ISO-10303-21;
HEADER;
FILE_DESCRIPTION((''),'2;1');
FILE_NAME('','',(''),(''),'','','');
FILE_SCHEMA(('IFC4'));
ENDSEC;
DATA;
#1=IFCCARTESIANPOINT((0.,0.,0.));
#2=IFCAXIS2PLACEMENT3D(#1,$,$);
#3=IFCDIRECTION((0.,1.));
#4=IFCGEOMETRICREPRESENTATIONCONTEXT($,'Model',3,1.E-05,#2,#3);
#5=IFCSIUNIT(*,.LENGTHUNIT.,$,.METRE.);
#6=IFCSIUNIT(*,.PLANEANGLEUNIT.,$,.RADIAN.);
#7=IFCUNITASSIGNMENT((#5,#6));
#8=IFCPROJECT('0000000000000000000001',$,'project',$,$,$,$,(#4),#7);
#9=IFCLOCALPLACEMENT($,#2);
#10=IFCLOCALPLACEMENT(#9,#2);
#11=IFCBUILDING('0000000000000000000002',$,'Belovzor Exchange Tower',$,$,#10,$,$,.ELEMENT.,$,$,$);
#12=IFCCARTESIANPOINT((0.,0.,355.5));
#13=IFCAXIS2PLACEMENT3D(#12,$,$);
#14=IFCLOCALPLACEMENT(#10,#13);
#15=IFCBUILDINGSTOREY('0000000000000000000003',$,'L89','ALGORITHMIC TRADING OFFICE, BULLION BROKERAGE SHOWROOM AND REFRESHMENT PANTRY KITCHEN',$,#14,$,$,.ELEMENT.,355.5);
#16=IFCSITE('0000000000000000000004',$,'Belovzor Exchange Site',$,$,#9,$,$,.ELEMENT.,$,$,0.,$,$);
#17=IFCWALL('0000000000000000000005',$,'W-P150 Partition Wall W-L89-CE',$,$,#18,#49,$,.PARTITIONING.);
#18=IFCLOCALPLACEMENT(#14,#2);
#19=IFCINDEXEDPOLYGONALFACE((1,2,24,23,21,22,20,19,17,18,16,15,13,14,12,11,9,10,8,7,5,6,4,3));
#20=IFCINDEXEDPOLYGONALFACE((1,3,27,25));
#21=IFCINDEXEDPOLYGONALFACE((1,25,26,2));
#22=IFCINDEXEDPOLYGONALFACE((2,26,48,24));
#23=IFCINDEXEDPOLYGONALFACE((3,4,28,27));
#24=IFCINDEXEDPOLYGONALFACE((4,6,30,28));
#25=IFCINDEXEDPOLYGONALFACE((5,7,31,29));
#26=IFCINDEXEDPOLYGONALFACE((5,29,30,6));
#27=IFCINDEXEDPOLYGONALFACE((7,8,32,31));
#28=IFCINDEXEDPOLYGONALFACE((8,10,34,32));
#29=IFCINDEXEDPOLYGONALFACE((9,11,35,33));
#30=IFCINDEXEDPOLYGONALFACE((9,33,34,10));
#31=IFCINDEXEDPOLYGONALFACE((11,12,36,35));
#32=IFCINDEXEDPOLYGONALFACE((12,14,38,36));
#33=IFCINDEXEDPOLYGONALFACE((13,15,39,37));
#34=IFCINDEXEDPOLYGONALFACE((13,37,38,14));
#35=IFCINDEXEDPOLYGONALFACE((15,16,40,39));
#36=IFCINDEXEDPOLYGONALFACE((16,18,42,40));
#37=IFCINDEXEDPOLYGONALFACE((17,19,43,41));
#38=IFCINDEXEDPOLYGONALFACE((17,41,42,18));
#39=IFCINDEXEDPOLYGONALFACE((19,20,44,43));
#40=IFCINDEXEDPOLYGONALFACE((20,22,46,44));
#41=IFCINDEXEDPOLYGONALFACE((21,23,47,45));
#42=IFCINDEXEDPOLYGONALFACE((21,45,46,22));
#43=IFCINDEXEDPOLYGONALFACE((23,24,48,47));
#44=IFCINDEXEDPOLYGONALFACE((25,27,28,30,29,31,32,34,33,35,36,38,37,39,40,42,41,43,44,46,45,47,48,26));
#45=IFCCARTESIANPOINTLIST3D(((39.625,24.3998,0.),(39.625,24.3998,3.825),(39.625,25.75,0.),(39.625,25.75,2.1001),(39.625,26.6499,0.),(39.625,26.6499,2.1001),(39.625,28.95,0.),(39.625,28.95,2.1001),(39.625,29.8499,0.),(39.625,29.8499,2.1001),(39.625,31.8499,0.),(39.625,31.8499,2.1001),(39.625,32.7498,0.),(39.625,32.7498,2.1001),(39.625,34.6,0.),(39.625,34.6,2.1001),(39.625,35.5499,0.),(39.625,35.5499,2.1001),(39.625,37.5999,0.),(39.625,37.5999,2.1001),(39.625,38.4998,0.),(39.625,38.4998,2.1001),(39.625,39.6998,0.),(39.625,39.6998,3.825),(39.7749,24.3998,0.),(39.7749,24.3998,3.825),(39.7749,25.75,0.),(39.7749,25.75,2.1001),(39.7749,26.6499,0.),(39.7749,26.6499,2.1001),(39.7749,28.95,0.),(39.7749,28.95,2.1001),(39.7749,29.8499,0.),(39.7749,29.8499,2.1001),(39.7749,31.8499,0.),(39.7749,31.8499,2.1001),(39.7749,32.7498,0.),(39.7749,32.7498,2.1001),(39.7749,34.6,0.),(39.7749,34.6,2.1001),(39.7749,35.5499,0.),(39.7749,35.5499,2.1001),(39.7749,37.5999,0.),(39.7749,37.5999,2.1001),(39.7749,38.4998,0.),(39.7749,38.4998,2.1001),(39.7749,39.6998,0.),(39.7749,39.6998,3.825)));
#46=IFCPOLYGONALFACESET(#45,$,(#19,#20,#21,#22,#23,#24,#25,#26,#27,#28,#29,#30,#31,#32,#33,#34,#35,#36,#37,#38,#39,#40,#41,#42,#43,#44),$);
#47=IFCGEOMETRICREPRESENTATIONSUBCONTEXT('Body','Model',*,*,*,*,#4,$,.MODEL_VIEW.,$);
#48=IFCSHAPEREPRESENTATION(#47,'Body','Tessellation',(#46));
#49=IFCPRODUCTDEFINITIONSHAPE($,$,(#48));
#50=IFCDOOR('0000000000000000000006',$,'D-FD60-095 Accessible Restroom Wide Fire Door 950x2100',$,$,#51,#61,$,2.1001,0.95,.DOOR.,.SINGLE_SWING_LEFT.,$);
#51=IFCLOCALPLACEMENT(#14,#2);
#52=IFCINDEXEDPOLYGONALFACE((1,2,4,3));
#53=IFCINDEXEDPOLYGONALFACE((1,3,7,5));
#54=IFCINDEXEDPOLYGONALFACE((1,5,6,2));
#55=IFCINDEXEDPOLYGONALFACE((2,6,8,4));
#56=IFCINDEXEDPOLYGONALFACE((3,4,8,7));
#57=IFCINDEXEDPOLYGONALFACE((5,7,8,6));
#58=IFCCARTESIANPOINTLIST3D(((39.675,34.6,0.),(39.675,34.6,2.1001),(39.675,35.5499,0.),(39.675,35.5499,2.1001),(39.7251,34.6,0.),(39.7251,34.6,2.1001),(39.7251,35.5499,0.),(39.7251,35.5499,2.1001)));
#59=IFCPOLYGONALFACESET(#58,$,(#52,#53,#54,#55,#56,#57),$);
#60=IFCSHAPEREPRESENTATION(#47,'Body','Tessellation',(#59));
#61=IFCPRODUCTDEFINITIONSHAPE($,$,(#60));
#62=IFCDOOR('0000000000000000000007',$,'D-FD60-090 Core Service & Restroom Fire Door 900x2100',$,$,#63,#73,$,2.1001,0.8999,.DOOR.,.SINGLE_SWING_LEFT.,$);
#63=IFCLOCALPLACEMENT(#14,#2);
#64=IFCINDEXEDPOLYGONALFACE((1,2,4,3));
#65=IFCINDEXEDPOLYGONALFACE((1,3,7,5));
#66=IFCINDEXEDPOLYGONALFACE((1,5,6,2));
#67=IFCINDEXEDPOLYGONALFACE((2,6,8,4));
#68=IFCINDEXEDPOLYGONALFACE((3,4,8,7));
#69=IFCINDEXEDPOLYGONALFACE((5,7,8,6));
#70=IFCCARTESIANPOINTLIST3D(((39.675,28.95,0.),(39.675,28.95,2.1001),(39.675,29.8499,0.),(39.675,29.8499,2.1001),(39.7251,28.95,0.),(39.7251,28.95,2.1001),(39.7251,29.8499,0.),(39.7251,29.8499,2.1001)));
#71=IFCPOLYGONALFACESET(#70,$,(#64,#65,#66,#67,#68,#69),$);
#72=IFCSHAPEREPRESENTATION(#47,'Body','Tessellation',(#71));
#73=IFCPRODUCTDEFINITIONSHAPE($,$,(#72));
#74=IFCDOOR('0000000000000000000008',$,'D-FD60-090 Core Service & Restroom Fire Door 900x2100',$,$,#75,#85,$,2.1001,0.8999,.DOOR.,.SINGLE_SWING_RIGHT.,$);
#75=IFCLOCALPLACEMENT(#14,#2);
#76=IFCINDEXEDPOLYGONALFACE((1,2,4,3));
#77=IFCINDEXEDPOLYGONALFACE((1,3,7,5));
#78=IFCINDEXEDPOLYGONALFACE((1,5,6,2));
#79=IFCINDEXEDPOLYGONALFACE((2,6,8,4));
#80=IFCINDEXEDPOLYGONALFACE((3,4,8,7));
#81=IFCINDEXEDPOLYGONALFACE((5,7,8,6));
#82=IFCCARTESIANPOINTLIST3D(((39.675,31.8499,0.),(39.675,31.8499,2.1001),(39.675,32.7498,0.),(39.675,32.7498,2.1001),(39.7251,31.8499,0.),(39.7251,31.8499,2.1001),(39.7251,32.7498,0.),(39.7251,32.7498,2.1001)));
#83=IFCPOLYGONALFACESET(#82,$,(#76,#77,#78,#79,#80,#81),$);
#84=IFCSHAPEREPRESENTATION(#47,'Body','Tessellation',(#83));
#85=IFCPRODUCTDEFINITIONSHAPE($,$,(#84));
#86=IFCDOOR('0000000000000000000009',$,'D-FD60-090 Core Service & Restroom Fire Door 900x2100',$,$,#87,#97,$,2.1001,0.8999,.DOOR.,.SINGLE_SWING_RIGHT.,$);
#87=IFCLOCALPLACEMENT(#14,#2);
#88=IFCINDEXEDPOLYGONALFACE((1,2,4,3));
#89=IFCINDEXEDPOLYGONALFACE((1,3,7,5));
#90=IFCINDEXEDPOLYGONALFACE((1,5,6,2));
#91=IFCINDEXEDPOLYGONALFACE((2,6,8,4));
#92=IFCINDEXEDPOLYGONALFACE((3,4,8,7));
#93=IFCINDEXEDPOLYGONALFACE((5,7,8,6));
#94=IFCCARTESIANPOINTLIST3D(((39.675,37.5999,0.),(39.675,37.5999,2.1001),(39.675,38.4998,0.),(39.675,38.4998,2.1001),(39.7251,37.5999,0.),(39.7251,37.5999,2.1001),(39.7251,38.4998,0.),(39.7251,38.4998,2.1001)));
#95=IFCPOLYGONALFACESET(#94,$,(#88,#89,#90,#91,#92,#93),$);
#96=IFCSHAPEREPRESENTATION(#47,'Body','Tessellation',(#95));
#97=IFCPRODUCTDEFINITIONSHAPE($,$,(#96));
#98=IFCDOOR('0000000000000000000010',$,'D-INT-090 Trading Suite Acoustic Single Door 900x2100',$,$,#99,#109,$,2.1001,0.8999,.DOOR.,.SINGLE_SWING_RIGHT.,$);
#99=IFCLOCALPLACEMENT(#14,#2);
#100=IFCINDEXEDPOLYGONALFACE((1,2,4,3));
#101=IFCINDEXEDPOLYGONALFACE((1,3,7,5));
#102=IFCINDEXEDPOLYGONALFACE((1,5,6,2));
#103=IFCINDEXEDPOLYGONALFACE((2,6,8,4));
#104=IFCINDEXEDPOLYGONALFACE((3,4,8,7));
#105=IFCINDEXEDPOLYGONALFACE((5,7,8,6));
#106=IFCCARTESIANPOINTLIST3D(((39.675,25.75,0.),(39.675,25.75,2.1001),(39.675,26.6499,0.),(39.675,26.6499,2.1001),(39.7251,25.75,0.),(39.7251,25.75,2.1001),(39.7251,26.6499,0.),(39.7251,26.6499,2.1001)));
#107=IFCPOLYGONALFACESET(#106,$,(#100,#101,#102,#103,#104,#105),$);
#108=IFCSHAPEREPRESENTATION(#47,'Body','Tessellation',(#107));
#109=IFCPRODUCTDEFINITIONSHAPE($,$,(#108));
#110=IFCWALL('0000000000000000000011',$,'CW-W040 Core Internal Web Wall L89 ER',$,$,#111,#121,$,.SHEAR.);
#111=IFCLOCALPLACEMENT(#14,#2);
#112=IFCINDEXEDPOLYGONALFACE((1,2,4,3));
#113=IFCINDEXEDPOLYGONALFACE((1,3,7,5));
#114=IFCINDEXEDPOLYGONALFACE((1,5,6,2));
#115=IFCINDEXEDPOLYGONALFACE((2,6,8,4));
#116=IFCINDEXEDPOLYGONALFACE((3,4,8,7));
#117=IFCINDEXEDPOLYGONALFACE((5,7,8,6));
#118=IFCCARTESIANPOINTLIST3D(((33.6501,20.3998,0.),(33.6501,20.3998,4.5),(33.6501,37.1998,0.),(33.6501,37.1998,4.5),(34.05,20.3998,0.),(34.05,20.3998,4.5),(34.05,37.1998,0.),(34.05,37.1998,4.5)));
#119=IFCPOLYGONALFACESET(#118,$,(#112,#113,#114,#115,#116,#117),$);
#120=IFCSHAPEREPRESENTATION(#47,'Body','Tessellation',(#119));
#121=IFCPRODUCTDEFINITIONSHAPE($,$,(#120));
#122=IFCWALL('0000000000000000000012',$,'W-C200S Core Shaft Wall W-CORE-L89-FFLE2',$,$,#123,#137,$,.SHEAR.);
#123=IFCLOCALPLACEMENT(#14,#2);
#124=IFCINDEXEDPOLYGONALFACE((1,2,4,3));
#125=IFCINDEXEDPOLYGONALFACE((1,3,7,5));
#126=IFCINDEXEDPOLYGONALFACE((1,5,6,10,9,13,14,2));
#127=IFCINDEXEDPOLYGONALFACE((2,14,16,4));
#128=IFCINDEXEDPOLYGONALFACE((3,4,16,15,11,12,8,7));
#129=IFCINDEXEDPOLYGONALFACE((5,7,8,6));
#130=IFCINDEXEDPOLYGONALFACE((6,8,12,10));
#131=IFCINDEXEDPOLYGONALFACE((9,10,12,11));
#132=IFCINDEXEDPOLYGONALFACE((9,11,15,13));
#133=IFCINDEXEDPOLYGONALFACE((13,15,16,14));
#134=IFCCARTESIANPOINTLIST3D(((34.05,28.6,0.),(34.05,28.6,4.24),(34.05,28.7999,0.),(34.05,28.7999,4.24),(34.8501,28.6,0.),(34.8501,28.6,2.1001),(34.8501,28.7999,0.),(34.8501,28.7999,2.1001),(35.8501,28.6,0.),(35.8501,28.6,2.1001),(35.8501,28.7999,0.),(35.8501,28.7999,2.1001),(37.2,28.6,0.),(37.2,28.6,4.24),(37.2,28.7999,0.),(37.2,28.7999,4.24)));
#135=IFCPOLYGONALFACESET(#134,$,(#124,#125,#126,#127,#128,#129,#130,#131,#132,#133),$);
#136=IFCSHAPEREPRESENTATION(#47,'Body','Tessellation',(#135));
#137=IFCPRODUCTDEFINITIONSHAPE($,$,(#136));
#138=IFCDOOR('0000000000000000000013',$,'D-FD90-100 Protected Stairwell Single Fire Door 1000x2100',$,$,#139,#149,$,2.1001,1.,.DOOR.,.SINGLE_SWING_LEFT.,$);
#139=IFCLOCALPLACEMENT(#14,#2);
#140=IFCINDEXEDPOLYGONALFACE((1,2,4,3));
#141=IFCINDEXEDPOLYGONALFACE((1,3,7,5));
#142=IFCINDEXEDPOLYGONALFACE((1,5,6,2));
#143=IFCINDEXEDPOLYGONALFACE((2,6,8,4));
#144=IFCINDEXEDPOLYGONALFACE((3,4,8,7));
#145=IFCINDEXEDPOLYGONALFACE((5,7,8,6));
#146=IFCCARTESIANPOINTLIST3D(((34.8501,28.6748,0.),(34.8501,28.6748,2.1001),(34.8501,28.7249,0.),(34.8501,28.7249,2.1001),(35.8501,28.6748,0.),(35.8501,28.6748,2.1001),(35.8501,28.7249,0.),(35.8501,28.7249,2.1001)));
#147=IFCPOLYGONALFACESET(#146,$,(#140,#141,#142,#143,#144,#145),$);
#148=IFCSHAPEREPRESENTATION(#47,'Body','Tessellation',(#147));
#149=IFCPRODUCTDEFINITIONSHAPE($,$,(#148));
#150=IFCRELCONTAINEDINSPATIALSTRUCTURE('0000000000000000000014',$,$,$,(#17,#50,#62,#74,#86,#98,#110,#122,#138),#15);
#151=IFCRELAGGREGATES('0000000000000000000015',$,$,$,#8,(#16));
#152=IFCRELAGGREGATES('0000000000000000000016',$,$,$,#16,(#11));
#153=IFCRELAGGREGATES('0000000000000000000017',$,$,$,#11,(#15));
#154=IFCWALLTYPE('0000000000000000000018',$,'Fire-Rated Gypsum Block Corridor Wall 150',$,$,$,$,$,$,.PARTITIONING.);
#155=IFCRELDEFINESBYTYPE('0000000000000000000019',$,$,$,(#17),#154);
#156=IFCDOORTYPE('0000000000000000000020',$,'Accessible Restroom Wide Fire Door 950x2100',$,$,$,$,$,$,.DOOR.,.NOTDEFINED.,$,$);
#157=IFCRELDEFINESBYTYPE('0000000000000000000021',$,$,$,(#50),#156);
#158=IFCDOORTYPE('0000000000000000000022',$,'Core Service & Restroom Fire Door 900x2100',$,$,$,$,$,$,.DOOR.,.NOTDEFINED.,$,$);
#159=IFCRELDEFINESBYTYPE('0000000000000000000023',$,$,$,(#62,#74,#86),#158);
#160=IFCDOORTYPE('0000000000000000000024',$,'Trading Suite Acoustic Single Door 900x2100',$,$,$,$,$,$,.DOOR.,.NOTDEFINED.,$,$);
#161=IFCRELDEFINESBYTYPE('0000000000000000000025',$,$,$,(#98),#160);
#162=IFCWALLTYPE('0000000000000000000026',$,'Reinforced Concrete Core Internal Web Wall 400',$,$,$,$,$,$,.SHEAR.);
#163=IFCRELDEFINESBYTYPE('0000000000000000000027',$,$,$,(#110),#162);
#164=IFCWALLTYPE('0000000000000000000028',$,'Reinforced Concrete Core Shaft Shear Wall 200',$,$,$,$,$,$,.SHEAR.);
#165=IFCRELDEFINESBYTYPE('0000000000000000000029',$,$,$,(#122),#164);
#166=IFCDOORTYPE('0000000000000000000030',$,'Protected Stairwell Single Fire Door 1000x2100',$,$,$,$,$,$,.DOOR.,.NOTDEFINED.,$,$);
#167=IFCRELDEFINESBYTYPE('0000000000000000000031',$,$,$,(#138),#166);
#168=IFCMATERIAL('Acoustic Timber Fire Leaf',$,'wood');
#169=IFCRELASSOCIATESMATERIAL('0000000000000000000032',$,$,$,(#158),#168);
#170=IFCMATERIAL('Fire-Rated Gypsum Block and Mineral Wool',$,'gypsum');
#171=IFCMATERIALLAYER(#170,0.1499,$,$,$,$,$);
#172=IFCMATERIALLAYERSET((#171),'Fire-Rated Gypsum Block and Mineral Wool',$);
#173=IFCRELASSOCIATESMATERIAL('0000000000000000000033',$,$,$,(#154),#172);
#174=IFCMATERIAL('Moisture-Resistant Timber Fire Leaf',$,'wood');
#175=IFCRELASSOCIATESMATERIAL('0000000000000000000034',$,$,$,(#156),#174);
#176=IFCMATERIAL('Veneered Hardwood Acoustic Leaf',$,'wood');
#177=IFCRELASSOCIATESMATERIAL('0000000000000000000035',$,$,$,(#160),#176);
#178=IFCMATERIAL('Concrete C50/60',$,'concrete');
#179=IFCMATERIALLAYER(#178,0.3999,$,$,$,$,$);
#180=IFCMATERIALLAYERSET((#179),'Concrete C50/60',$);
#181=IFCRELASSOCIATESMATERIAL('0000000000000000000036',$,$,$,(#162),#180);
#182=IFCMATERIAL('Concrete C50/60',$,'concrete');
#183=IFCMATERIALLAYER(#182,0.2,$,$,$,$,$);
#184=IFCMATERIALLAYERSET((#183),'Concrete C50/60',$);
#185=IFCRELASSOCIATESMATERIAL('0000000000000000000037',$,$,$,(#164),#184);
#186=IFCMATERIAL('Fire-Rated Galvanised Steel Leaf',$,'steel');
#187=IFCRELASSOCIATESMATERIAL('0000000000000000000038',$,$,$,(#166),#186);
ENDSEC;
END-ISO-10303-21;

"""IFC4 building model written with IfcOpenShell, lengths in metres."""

from ifc_helpers import new_model, si_unit, direction, frame, frame_2d, origin, place, context, subcontext, project, spatial, rectangle, extrude, material, layer, layer_set, type_object, element, fill, save


model = new_model("IFC4")

# Units and contexts
model_context = context("Model", 3, precision=1e-05, world=origin(), true_north=direction((0.0, 1.0)))
body_context = subcontext(model_context, "Body", "Model", "MODEL_VIEW")
ifc_project = project(units=[si_unit("LENGTHUNIT", "METRE"), si_unit("PLANEANGLEUNIT", "RADIAN")], contexts=[model_context])

# Site, building, storey
site_placement = place(None, origin())
site = spatial("IfcSite", under=ifc_project, at=site_placement, Name="Belovzor Exchange Site", CompositionType="ELEMENT", RefElevation=0.0)
building_placement = place(site_placement, origin())
building = spatial("IfcBuilding", under=site, at=building_placement, Name="Belovzor Exchange Tower", CompositionType="ELEMENT")
storey_placement = place(building_placement, frame((0.0, 0.0, 355.5)))
storey = spatial("IfcBuildingStorey", under=building, at=storey_placement, Name="L89", Description="ALGORITHMIC TRADING OFFICE, BULLION BROKERAGE SHOWROOM AND REFRESHMENT PANTRY KITCHEN", CompositionType="ELEMENT", Elevation=355.5)

# Shared definitions
ifc_material_1 = material(Name="Acoustic Timber Fire Leaf", Category="wood")
door_type_1 = type_object("IfcDoorType", Name="Core Service & Restroom Fire Door 900x2100", OperationType="NOTDEFINED", PredefinedType="DOOR", material=ifc_material_1)

# Shared definitions
ifc_material_2 = material(Name="Fire-Rated Gypsum Block and Mineral Wool", Category="gypsum")
ifc_layer_1 = layer(ifc_material_2, 0.1499)
ifc_layer_set_1 = layer_set([ifc_layer_1], Name="Fire-Rated Gypsum Block and Mineral Wool")
wall_type_1 = type_object("IfcWallType", Name="Fire-Rated Gypsum Block Corridor Wall 150", PredefinedType="PARTITIONING", material=ifc_layer_set_1)

# Wall, openings, doors
wall_1_placement = place(storey_placement, frame((39.7, 24.3999, 0.0), z_axis=(0.0, 0.0, 1.0), x_axis=(0.0, 1.0, 0.0)))
wall_1 = element("IfcWall", 1, at=wall_1_placement, inside=storey, type_object=wall_type_1, Name="W-P150 Partition Wall W-L89-CE", PredefinedType="PARTITIONING", context=body_context, shape_type="SweptSolid", body=[
    extrude(rectangle(XDim=15.3, YDim=0.1499, at=frame_2d((7.6499, 0.0))), origin(), (0.0, 0.0, 1.0), 3.825),
])
opening_1_placement = place(wall_1_placement, frame((1.3501, 0.0, 0.0)))
opening_1 = element("IfcOpeningElement", 2, at=opening_1_placement, cuts=wall_1, PredefinedType="OPENING", context=body_context, shape_type="SweptSolid", body=[
    extrude(rectangle(XDim=0.8999, YDim=2.1001, at=frame_2d((0.45, 1.05))), frame((0.0, 0.085, 0.0), z_axis=(0.0, -1.0, 0.0), x_axis=(1.0, 0.0, 0.0)), (0.0, 0.0, 1.0), 0.1699),
])
opening_2_placement = place(wall_1_placement, frame((4.55, 0.0, 0.0)))
opening_2 = element("IfcOpeningElement", 3, at=opening_2_placement, cuts=wall_1, PredefinedType="OPENING", context=body_context, shape_type="SweptSolid", body=[
    extrude(rectangle(XDim=0.8999, YDim=2.1001, at=frame_2d((0.45, 1.05))), frame((0.0, 0.085, 0.0), z_axis=(0.0, -1.0, 0.0), x_axis=(1.0, 0.0, 0.0)), (0.0, 0.0, 1.0), 0.1699),
])
opening_3_placement = place(wall_1_placement, frame((7.45, 0.0, 0.0)))
opening_3 = element("IfcOpeningElement", 4, at=opening_3_placement, cuts=wall_1, PredefinedType="OPENING", context=body_context, shape_type="SweptSolid", body=[
    extrude(rectangle(XDim=0.8999, YDim=2.1001, at=frame_2d((0.45, 1.05))), frame((0.0, 0.085, 0.0), z_axis=(0.0, -1.0, 0.0), x_axis=(1.0, 0.0, 0.0)), (0.0, 0.0, 1.0), 0.1699),
])
opening_4_placement = place(wall_1_placement, frame((10.2, 0.0, 0.0)))
opening_4 = element("IfcOpeningElement", 5, at=opening_4_placement, cuts=wall_1, PredefinedType="OPENING", context=body_context, shape_type="SweptSolid", body=[
    extrude(rectangle(XDim=0.95, YDim=2.1001, at=frame_2d((0.4751, 1.05))), frame((0.0, 0.085, 0.0), z_axis=(0.0, -1.0, 0.0), x_axis=(1.0, 0.0, 0.0)), (0.0, 0.0, 1.0), 0.1699),
])
opening_5_placement = place(wall_1_placement, frame((13.2, 0.0, 0.0)))
opening_5 = element("IfcOpeningElement", 6, at=opening_5_placement, cuts=wall_1, PredefinedType="OPENING", context=body_context, shape_type="SweptSolid", body=[
    extrude(rectangle(XDim=0.8999, YDim=2.1001, at=frame_2d((0.45, 1.05))), frame((0.0, 0.085, 0.0), z_axis=(0.0, -1.0, 0.0), x_axis=(1.0, 0.0, 0.0)), (0.0, 0.0, 1.0), 0.1699),
])
ifc_material_3 = material(Name="Moisture-Resistant Timber Fire Leaf", Category="wood")
door_type_2 = type_object("IfcDoorType", Name="Accessible Restroom Wide Fire Door 950x2100", OperationType="NOTDEFINED", PredefinedType="DOOR", material=ifc_material_3)
door_1_placement = place(opening_4_placement, origin())
door_1 = element("IfcDoor", 7, at=door_1_placement, inside=storey, type_object=door_type_2, Name="D-FD60-095 Accessible Restroom Wide Fire Door 950x2100", OperationType="SINGLE_SWING_LEFT", OverallHeight=2.1001, OverallWidth=0.95, PredefinedType="DOOR", context=body_context, shape_type="SweptSolid", body=[
    extrude(rectangle(XDim=0.95, YDim=2.1001, at=frame_2d((0.4751, 1.05))), frame((0.0, 0.0249, 0.0), z_axis=(0.0, -1.0, 0.0), x_axis=(1.0, 0.0, 0.0)), (0.0, 0.0, 1.0), 0.05),
])
fill(opening_4, door_1)
door_2_placement = place(opening_2_placement, origin())
door_2 = element("IfcDoor", 8, at=door_2_placement, inside=storey, type_object=door_type_1, Name="D-FD60-090 Core Service & Restroom Fire Door 900x2100", OperationType="SINGLE_SWING_LEFT", OverallHeight=2.1001, OverallWidth=0.8999, PredefinedType="DOOR", context=body_context, shape_type="SweptSolid", body=[
    extrude(rectangle(XDim=0.8999, YDim=2.1001, at=frame_2d((0.45, 1.05))), frame((0.0, 0.0249, 0.0), z_axis=(0.0, -1.0, 0.0), x_axis=(1.0, 0.0, 0.0)), (0.0, 0.0, 1.0), 0.05),
])
fill(opening_2, door_2)
door_3_placement = place(opening_3_placement, origin())
door_3 = element("IfcDoor", 9, at=door_3_placement, inside=storey, type_object=door_type_1, Name="D-FD60-090 Core Service & Restroom Fire Door 900x2100", OperationType="SINGLE_SWING_RIGHT", OverallHeight=2.1001, OverallWidth=0.8999, PredefinedType="DOOR", context=body_context, shape_type="SweptSolid", body=[
    extrude(rectangle(XDim=0.8999, YDim=2.1001, at=frame_2d((0.45, 1.05))), frame((0.0, 0.0249, 0.0), z_axis=(0.0, -1.0, 0.0), x_axis=(1.0, 0.0, 0.0)), (0.0, 0.0, 1.0), 0.05),
])
fill(opening_3, door_3)
door_4_placement = place(opening_5_placement, origin())
door_4 = element("IfcDoor", 10, at=door_4_placement, inside=storey, type_object=door_type_1, Name="D-FD60-090 Core Service & Restroom Fire Door 900x2100", OperationType="SINGLE_SWING_RIGHT", OverallHeight=2.1001, OverallWidth=0.8999, PredefinedType="DOOR", context=body_context, shape_type="SweptSolid", body=[
    extrude(rectangle(XDim=0.8999, YDim=2.1001, at=frame_2d((0.45, 1.05))), frame((0.0, 0.0249, 0.0), z_axis=(0.0, -1.0, 0.0), x_axis=(1.0, 0.0, 0.0)), (0.0, 0.0, 1.0), 0.05),
])
fill(opening_5, door_4)
ifc_material_4 = material(Name="Veneered Hardwood Acoustic Leaf", Category="wood")
door_type_3 = type_object("IfcDoorType", Name="Trading Suite Acoustic Single Door 900x2100", OperationType="NOTDEFINED", PredefinedType="DOOR", material=ifc_material_4)
door_5_placement = place(opening_1_placement, origin())
door_5 = element("IfcDoor", 11, at=door_5_placement, inside=storey, type_object=door_type_3, Name="D-INT-090 Trading Suite Acoustic Single Door 900x2100", OperationType="SINGLE_SWING_RIGHT", OverallHeight=2.1001, OverallWidth=0.8999, PredefinedType="DOOR", context=body_context, shape_type="SweptSolid", body=[
    extrude(rectangle(XDim=0.8999, YDim=2.1001, at=frame_2d((0.45, 1.05))), frame((0.0, 0.0249, 0.0), z_axis=(0.0, -1.0, 0.0), x_axis=(1.0, 0.0, 0.0)), (0.0, 0.0, 1.0), 0.05),
])
fill(opening_1, door_5)

# Wall
ifc_material_5 = material(Name="Concrete C50/60", Category="concrete")
ifc_layer_2 = layer(ifc_material_5, 0.3999)
ifc_layer_set_2 = layer_set([ifc_layer_2], Name="Concrete C50/60")
wall_type_2 = type_object("IfcWallType", Name="Reinforced Concrete Core Internal Web Wall 400", PredefinedType="SHEAR", material=ifc_layer_set_2)
wall_2_placement = place(storey_placement, frame((33.8501, 20.3999, 0.0), z_axis=(0.0, 0.0, 1.0), x_axis=(0.0, 1.0, 0.0)))
element("IfcWall", 12, at=wall_2_placement, inside=storey, type_object=wall_type_2, Name="CW-W040 Core Internal Web Wall L89 ER", PredefinedType="SHEAR", context=body_context, shape_type="SweptSolid", body=[
    extrude(rectangle(XDim=16.8, YDim=0.3999, at=frame_2d((8.3999, 0.0))), origin(), (0.0, 0.0, 1.0), 4.5),
])

# Wall, opening, door
ifc_material_6 = material(Name="Concrete C50/60", Category="concrete")
ifc_layer_3 = layer(ifc_material_6, 0.2)
ifc_layer_set_3 = layer_set([ifc_layer_3], Name="Concrete C50/60")
wall_type_3 = type_object("IfcWallType", Name="Reinforced Concrete Core Shaft Shear Wall 200", PredefinedType="SHEAR", material=ifc_layer_set_3)
wall_3_placement = place(storey_placement, frame((34.05, 28.7, 0.0), z_axis=(0.0, 0.0, 1.0), x_axis=(1.0, 0.0, 0.0)))
wall_3 = element("IfcWall", 13, at=wall_3_placement, inside=storey, type_object=wall_type_3, Name="W-C200S Core Shaft Wall W-CORE-L89-FFLE2", PredefinedType="SHEAR", context=body_context, shape_type="SweptSolid", body=[
    extrude(rectangle(XDim=3.1499, YDim=0.2, at=frame_2d((1.575, 0.0))), origin(), (0.0, 0.0, 1.0), 4.24),
])
opening_6_placement = place(wall_3_placement, frame((0.8, 0.0, 0.0)))
opening_6 = element("IfcOpeningElement", 14, at=opening_6_placement, cuts=wall_3, PredefinedType="OPENING", context=body_context, shape_type="SweptSolid", body=[
    extrude(rectangle(XDim=1.0, YDim=2.1001, at=frame_2d((0.5, 1.05))), frame((0.0, 0.1099, 0.0), z_axis=(0.0, -1.0, 0.0), x_axis=(1.0, 0.0, 0.0)), (0.0, 0.0, 1.0), 0.22),
])
ifc_material_7 = material(Name="Fire-Rated Galvanised Steel Leaf", Category="steel")
door_type_4 = type_object("IfcDoorType", Name="Protected Stairwell Single Fire Door 1000x2100", OperationType="NOTDEFINED", PredefinedType="DOOR", material=ifc_material_7)
door_6_placement = place(opening_6_placement, origin())
door_6 = element("IfcDoor", 15, at=door_6_placement, inside=storey, type_object=door_type_4, Name="D-FD90-100 Protected Stairwell Single Fire Door 1000x2100", OperationType="SINGLE_SWING_LEFT", OverallHeight=2.1001, OverallWidth=1.0, PredefinedType="DOOR", context=body_context, shape_type="SweptSolid", body=[
    extrude(rectangle(XDim=1.0, YDim=2.1001, at=frame_2d((0.5, 1.05))), frame((0.0, 0.0249, 0.0), z_axis=(0.0, -1.0, 0.0), x_axis=(1.0, 0.0, 0.0)), (0.0, 0.0, 1.0), 0.05),
])
fill(opening_6, door_6)

save(model, "model.ifc")
